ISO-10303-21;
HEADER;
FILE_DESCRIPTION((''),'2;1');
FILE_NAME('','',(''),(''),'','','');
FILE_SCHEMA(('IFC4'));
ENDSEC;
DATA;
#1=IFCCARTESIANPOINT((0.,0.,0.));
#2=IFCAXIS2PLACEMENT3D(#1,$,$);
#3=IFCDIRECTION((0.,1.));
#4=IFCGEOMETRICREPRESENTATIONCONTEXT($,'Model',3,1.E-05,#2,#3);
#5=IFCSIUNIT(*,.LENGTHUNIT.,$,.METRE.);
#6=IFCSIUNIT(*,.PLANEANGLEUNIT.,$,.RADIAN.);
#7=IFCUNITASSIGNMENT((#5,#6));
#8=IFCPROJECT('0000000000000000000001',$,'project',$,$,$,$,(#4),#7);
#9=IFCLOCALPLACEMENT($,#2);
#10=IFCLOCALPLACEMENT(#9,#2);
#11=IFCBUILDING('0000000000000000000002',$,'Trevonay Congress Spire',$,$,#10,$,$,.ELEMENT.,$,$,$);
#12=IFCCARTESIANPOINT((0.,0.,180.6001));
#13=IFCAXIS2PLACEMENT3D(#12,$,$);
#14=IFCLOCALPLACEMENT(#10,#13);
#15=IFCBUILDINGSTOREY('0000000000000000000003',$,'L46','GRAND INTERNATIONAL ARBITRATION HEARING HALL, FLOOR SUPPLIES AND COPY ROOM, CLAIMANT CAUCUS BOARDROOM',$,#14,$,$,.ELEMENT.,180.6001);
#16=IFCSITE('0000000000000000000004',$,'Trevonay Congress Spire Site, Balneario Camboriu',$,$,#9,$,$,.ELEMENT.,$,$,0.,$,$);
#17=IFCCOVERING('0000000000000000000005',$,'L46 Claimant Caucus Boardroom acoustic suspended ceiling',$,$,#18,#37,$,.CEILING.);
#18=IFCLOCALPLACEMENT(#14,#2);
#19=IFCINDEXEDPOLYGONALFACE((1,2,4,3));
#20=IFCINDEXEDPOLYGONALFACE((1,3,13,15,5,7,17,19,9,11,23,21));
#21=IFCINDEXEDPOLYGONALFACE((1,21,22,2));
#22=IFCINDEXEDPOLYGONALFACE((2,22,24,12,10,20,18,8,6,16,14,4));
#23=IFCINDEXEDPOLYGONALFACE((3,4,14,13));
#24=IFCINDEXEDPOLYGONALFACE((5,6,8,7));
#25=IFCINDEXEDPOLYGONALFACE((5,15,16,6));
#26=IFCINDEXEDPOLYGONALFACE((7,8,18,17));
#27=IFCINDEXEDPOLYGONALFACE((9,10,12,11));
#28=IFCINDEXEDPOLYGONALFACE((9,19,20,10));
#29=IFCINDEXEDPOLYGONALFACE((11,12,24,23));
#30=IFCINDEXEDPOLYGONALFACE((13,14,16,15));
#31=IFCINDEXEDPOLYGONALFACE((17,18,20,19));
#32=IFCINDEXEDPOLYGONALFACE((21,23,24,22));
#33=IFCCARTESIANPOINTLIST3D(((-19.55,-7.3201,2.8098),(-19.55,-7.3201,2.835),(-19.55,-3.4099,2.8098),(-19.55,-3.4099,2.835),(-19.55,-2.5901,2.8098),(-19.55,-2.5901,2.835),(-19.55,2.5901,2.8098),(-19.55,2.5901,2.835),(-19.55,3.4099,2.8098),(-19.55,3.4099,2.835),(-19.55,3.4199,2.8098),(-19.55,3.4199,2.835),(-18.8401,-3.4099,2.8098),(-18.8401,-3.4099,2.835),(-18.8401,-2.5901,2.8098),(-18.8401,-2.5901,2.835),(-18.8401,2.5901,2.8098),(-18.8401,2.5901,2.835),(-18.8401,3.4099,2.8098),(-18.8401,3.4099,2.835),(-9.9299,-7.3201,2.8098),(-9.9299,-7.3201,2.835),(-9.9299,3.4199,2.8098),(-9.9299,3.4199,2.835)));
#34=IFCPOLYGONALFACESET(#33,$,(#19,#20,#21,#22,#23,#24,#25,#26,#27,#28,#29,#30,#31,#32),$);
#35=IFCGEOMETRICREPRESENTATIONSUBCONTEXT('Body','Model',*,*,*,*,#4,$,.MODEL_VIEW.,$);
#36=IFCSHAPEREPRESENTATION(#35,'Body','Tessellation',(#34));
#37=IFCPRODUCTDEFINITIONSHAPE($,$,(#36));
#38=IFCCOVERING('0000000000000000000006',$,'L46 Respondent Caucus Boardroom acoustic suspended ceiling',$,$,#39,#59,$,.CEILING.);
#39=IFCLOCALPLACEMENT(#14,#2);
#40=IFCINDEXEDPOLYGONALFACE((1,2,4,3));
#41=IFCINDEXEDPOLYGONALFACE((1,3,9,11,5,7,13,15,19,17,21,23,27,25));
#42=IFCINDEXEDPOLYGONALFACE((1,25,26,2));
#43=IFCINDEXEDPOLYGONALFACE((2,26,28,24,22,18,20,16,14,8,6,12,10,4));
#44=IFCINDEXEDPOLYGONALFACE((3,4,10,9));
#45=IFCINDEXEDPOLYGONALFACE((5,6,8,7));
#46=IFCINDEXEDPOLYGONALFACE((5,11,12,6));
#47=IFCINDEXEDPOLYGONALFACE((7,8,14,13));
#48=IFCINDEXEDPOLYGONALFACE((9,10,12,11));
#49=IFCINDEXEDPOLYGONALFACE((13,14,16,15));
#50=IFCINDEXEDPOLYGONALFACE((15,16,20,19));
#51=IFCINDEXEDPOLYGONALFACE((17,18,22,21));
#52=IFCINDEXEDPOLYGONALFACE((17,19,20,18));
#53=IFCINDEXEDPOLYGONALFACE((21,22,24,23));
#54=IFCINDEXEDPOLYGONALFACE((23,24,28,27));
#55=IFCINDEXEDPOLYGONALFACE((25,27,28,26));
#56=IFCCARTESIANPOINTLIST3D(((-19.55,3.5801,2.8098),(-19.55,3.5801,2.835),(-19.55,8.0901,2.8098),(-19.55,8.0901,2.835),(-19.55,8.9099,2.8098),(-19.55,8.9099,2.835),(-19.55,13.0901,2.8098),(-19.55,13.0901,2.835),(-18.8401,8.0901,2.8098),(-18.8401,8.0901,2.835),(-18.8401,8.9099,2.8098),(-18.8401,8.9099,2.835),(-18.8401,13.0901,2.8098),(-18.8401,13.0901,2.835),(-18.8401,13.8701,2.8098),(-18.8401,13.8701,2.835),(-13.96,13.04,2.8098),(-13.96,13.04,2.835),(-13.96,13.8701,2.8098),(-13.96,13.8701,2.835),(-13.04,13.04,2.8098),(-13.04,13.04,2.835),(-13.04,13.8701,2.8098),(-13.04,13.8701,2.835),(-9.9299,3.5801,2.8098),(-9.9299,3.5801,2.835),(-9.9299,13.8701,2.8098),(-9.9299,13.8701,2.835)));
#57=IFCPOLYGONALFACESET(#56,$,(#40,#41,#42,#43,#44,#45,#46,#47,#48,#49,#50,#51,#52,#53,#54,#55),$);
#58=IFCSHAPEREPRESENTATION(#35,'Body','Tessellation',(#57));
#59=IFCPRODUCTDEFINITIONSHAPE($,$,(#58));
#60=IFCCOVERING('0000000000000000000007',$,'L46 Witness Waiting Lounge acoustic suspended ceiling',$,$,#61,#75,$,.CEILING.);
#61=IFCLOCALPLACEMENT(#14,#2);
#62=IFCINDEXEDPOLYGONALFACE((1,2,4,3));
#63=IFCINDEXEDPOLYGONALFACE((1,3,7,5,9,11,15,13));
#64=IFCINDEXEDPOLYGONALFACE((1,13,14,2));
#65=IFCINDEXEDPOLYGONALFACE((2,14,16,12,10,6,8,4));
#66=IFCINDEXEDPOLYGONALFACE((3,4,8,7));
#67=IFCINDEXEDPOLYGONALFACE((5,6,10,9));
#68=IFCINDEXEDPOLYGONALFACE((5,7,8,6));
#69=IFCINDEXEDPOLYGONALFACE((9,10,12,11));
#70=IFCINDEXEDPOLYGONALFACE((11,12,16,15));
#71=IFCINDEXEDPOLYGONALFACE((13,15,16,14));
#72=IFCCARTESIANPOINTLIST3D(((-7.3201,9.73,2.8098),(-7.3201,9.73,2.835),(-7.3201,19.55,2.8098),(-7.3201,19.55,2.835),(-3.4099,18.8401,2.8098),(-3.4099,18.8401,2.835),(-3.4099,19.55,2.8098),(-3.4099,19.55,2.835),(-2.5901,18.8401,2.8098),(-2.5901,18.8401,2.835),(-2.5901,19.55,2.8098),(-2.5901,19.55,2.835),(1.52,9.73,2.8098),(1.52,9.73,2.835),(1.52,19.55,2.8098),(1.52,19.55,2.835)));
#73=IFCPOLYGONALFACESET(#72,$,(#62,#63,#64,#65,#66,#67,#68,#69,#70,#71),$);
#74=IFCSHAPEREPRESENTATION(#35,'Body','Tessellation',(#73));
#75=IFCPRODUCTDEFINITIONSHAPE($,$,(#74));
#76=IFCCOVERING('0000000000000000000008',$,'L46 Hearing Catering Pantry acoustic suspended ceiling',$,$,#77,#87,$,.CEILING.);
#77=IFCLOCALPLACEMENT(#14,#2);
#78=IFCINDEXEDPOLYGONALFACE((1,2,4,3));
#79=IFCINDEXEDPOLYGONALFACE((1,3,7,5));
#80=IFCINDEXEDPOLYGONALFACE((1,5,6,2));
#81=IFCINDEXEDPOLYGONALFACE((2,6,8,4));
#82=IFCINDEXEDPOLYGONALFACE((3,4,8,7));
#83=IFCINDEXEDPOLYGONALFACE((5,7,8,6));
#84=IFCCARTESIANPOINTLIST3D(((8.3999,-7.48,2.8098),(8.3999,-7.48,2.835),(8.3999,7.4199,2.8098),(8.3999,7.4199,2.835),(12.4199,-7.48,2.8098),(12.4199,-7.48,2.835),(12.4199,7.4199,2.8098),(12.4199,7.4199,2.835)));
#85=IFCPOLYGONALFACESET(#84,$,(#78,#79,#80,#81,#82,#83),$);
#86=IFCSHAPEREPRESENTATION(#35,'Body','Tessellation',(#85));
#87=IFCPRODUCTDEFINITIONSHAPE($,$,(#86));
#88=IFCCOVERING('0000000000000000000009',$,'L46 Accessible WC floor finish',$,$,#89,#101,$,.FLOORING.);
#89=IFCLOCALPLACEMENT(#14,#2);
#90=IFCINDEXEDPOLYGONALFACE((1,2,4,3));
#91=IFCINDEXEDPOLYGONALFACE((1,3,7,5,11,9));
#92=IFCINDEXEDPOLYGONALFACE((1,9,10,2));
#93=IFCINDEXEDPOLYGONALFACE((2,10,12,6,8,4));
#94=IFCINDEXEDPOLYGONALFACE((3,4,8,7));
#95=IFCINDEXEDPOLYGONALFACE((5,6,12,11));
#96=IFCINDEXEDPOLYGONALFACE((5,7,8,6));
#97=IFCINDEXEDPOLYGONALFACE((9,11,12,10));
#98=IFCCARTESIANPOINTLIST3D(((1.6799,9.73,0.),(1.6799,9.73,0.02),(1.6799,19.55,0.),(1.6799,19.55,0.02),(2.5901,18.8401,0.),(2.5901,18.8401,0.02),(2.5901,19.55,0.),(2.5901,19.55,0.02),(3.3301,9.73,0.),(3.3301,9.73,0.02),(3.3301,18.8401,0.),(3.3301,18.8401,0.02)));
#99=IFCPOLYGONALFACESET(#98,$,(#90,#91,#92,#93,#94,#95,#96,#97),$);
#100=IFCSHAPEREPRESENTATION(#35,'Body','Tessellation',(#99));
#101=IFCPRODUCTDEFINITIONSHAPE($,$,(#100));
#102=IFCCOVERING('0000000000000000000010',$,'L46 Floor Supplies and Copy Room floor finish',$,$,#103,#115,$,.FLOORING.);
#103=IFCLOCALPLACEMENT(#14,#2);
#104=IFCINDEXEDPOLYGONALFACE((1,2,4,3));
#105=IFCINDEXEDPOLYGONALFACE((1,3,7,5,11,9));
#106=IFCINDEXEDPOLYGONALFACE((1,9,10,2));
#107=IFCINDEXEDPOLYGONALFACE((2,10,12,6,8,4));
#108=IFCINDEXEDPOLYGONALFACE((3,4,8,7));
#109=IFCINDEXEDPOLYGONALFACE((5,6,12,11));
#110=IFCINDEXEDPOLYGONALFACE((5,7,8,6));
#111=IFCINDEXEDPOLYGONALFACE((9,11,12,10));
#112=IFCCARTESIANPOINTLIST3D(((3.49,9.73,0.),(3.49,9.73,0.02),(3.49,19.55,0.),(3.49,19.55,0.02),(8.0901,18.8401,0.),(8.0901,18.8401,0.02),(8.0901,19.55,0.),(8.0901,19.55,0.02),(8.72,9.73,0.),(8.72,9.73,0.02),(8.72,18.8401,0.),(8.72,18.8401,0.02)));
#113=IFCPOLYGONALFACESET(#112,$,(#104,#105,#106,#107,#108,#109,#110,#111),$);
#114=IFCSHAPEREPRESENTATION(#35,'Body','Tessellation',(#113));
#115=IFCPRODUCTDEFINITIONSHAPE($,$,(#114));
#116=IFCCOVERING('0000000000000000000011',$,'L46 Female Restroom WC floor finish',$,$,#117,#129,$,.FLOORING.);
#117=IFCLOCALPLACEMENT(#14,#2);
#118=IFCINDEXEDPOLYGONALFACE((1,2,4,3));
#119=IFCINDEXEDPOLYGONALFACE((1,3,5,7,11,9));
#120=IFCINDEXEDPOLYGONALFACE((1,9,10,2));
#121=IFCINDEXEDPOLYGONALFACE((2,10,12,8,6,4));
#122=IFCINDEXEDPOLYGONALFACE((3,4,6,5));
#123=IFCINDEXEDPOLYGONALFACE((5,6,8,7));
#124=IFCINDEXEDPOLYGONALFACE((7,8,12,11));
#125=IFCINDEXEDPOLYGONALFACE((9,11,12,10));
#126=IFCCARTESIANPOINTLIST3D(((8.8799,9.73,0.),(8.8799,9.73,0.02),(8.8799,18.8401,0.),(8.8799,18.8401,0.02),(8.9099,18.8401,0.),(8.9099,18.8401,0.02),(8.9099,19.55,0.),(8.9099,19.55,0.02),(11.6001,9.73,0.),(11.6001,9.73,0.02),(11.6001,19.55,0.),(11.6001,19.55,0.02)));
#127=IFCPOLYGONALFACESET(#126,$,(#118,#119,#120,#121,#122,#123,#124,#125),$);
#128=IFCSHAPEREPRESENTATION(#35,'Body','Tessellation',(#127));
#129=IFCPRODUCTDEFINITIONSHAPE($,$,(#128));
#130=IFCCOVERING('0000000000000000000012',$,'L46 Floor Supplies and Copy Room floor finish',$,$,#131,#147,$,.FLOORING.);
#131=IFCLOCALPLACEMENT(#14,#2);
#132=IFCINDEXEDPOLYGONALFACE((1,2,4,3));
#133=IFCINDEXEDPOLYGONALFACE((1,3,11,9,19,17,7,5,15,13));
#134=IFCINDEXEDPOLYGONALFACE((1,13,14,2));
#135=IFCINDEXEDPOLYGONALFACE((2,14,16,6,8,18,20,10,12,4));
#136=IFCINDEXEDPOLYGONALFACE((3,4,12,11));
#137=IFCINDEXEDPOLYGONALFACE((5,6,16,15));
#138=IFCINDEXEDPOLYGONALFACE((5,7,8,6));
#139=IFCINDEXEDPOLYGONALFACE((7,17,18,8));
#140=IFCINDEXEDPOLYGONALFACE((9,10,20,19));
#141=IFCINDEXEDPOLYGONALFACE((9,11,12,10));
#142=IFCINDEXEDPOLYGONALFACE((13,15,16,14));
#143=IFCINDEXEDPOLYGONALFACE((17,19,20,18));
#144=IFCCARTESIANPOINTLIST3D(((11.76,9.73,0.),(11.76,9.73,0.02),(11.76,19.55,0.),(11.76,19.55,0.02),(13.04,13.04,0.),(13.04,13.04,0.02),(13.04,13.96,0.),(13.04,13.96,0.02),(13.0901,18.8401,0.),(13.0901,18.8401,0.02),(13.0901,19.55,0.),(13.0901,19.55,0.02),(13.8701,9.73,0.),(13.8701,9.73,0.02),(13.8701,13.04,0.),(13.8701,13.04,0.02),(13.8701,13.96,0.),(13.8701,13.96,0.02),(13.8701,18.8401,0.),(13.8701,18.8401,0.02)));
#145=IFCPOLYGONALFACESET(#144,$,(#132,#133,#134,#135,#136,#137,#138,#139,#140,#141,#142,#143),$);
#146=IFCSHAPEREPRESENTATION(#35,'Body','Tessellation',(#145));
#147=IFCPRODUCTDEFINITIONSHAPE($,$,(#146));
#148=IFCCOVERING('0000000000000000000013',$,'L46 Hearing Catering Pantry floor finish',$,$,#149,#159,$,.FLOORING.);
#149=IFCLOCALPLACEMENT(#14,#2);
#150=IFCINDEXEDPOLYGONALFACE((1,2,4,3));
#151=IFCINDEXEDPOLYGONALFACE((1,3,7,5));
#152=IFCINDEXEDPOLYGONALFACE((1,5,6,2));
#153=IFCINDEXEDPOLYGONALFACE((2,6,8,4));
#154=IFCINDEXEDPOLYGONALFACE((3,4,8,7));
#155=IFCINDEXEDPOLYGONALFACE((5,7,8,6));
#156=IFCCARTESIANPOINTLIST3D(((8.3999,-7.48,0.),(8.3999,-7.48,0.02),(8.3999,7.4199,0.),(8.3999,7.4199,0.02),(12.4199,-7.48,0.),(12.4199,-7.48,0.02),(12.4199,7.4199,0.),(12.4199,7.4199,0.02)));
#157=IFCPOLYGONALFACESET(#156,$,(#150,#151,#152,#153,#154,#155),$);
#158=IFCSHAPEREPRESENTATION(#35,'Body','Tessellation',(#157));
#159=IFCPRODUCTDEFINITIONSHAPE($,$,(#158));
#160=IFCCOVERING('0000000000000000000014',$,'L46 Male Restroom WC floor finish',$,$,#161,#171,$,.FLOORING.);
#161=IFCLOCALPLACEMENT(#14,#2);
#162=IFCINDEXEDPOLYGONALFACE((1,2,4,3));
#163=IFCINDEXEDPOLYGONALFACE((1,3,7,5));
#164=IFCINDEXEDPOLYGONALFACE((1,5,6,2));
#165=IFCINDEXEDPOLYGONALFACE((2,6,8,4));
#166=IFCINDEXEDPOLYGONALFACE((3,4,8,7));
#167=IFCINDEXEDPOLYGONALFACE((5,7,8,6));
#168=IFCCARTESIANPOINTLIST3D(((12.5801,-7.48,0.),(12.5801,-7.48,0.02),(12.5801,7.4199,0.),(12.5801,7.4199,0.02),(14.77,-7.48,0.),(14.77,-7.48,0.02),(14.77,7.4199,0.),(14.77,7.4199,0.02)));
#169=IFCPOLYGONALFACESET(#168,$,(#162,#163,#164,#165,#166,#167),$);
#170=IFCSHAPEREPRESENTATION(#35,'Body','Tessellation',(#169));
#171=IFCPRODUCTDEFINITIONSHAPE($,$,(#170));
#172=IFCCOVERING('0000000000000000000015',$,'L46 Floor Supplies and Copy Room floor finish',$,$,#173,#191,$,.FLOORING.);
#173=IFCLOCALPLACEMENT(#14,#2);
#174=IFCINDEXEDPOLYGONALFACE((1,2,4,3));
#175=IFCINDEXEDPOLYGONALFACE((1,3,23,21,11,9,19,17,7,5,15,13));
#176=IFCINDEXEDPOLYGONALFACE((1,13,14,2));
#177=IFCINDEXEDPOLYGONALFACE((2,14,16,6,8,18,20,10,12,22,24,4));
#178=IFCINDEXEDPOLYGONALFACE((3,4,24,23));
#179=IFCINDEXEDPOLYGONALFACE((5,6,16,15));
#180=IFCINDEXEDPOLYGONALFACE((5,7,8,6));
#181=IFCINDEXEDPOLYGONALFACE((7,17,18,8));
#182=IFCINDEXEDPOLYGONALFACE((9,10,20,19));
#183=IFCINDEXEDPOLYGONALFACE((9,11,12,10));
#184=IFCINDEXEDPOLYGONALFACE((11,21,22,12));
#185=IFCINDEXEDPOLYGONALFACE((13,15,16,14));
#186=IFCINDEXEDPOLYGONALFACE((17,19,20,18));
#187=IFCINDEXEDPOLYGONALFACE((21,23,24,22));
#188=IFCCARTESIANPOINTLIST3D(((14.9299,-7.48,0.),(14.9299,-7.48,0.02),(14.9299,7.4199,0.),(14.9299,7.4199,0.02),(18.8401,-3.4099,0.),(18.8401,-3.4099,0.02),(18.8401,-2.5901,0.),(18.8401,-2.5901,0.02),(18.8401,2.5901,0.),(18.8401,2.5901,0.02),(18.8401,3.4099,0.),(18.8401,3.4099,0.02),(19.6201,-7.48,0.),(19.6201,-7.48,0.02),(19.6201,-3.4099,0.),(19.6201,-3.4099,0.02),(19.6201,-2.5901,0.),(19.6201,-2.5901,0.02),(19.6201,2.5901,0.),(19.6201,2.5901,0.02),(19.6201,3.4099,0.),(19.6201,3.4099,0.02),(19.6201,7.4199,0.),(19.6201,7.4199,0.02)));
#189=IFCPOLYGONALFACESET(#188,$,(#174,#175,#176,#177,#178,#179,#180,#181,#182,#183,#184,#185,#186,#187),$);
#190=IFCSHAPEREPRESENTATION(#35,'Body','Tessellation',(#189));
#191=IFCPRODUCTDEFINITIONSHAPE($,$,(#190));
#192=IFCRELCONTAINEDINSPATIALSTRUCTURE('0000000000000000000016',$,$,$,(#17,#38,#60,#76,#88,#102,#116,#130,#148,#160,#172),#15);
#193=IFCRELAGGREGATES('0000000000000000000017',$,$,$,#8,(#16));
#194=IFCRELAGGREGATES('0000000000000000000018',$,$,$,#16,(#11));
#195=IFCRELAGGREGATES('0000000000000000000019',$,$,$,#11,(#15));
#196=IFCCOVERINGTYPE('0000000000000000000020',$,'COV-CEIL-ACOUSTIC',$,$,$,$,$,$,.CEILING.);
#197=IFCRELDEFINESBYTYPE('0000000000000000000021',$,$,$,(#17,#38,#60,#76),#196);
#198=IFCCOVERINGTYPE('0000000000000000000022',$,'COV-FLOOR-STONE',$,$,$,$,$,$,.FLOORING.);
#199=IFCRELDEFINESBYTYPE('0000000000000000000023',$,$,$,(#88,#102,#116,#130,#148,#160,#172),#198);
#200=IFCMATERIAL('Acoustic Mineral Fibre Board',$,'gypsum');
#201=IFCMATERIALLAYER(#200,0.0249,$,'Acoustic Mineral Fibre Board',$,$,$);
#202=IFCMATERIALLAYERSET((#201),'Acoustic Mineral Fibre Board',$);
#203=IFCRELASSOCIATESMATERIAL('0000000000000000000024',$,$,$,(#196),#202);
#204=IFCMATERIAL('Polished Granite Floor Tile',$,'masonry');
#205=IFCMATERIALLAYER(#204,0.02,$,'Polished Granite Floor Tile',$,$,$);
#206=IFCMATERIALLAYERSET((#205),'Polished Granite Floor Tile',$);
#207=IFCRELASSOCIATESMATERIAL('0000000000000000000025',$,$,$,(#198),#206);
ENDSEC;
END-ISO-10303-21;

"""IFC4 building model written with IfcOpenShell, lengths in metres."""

from ifc_helpers import new_model, si_unit, direction, frame, origin, place, context, subcontext, project, spatial, polyline, outline, extrude, material, layer, layer_set, type_object, element, save


model = new_model("IFC4")

# Units and contexts
model_context = context("Model", 3, precision=1e-05, world=origin(), true_north=direction((0.0, 1.0)))
body_context = subcontext(model_context, "Body", "Model", "MODEL_VIEW")
ifc_project = project(units=[si_unit("LENGTHUNIT", "METRE"), si_unit("PLANEANGLEUNIT", "RADIAN")], contexts=[model_context])

# Site, building, storey
site_placement = place(None, origin())
site = spatial("IfcSite", under=ifc_project, at=site_placement, Name="Trevonay Congress Spire Site, Balneario Camboriu", CompositionType="ELEMENT", RefElevation=0.0)
building_placement = place(site_placement, origin())
building = spatial("IfcBuilding", under=site, at=building_placement, Name="Trevonay Congress Spire", CompositionType="ELEMENT")
storey_placement = place(building_placement, frame((0.0, 0.0, 180.6001)))
storey = spatial("IfcBuildingStorey", under=building, at=storey_placement, Name="L46", Description="GRAND INTERNATIONAL ARBITRATION HEARING HALL, FLOOR SUPPLIES AND COPY ROOM, CLAIMANT CAUCUS BOARDROOM", CompositionType="ELEMENT", Elevation=180.6001)

# Coverings
ifc_material_1 = material(Name="Acoustic Mineral Fibre Board", Category="gypsum")
ifc_layer_1 = layer(ifc_material_1, 0.0249, Name="Acoustic Mineral Fibre Board")
ifc_layer_set_1 = layer_set([ifc_layer_1], Name="Acoustic Mineral Fibre Board")
covering_type_1 = type_object("IfcCoveringType", Name="COV-CEIL-ACOUSTIC", PredefinedType="CEILING", material=ifc_layer_set_1)
covering_1_placement = place(storey_placement, frame((0.0, 0.0, 2.8098)))
element("IfcCovering", 1, at=covering_1_placement, inside=storey, type_object=covering_type_1, Name="L46 Claimant Caucus Boardroom acoustic suspended ceiling", PredefinedType="CEILING", context=body_context, shape_type="SweptSolid", body=[
    extrude(outline(polyline([(-19.55, 3.4199), (-9.9299, 3.4199), (-9.9299, -7.3201), (-19.55, -7.3201), (-19.55, -3.4099), (-18.8401, -3.4099), (-18.8401, -2.5901), (-19.55, -2.5901), (-19.55, 2.5901), (-18.8401, 2.5901), (-18.8401, 3.4099), (-19.55, 3.4099), (-19.55, 3.4199)])), origin(), (0.0, 0.0, 1.0), 0.0251),
])
covering_2_placement = place(storey_placement, frame((0.0, 0.0, 2.8098)))
element("IfcCovering", 2, at=covering_2_placement, inside=storey, type_object=covering_type_1, Name="L46 Respondent Caucus Boardroom acoustic suspended ceiling", PredefinedType="CEILING", context=body_context, shape_type="SweptSolid", body=[
    extrude(outline(polyline([(-9.9299, 13.8701), (-9.9299, 3.5801), (-19.55, 3.5801), (-19.55, 8.0901), (-18.8401, 8.0901), (-18.8401, 8.9099), (-19.55, 8.9099), (-19.55, 13.0901), (-18.8401, 13.0901), (-18.8401, 13.8701), (-13.96, 13.8701), (-13.96, 13.04), (-13.04, 13.04), (-13.04, 13.8701), (-9.9299, 13.8701)])), origin(), (0.0, 0.0, 1.0), 0.0251),
])
covering_3_placement = place(storey_placement, frame((0.0, 0.0, 2.8098)))
element("IfcCovering", 3, at=covering_3_placement, inside=storey, type_object=covering_type_1, Name="L46 Witness Waiting Lounge acoustic suspended ceiling", PredefinedType="CEILING", context=body_context, shape_type="SweptSolid", body=[
    extrude(outline(polyline([(1.52, 19.55), (1.52, 9.73), (-7.3201, 9.73), (-7.3201, 19.55), (-3.4099, 19.55), (-3.4099, 18.8401), (-2.5901, 18.8401), (-2.5901, 19.55), (1.52, 19.55)])), origin(), (0.0, 0.0, 1.0), 0.0251),
])
covering_4_placement = place(storey_placement, frame((0.0, 0.0, 2.8098)))
element("IfcCovering", 4, at=covering_4_placement, inside=storey, type_object=covering_type_1, Name="L46 Hearing Catering Pantry acoustic suspended ceiling", PredefinedType="CEILING", context=body_context, shape_type="SweptSolid", body=[
    extrude(outline(polyline([(8.3999, -7.48), (12.4199, -7.48), (12.4199, 7.4199), (8.3999, 7.4199), (8.3999, -7.48)])), origin(), (0.0, 0.0, 1.0), 0.0251),
])
ifc_material_2 = material(Name="Polished Granite Floor Tile", Category="masonry")
ifc_layer_2 = layer(ifc_material_2, 0.02, Name="Polished Granite Floor Tile")
ifc_layer_set_2 = layer_set([ifc_layer_2], Name="Polished Granite Floor Tile")
covering_type_2 = type_object("IfcCoveringType", Name="COV-FLOOR-STONE", PredefinedType="FLOORING", material=ifc_layer_set_2)
covering_5_placement = place(storey_placement, origin())
element("IfcCovering", 5, at=covering_5_placement, inside=storey, type_object=covering_type_2, Name="L46 Accessible WC floor finish", PredefinedType="FLOORING", context=body_context, shape_type="SweptSolid", body=[
    extrude(outline(polyline([(3.3301, 9.73), (1.6799, 9.73), (1.6799, 19.55), (2.5901, 19.55), (2.5901, 18.8401), (3.3301, 18.8401), (3.3301, 9.73)])), origin(), (0.0, 0.0, 1.0), 0.02),
])
covering_6_placement = place(storey_placement, origin())
element("IfcCovering", 6, at=covering_6_placement, inside=storey, type_object=covering_type_2, Name="L46 Floor Supplies and Copy Room floor finish", PredefinedType="FLOORING", context=body_context, shape_type="SweptSolid", body=[
    extrude(outline(polyline([(8.72, 9.73), (3.49, 9.73), (3.49, 19.55), (8.0901, 19.55), (8.0901, 18.8401), (8.72, 18.8401), (8.72, 9.73)])), origin(), (0.0, 0.0, 1.0), 0.02),
])
covering_7_placement = place(storey_placement, origin())
element("IfcCovering", 7, at=covering_7_placement, inside=storey, type_object=covering_type_2, Name="L46 Female Restroom WC floor finish", PredefinedType="FLOORING", context=body_context, shape_type="SweptSolid", body=[
    extrude(outline(polyline([(11.6001, 19.55), (11.6001, 9.73), (8.8799, 9.73), (8.8799, 18.8401), (8.9099, 18.8401), (8.9099, 19.55), (11.6001, 19.55)])), origin(), (0.0, 0.0, 1.0), 0.02),
])
covering_8_placement = place(storey_placement, origin())
element("IfcCovering", 8, at=covering_8_placement, inside=storey, type_object=covering_type_2, Name="L46 Floor Supplies and Copy Room floor finish", PredefinedType="FLOORING", context=body_context, shape_type="SweptSolid", body=[
    extrude(outline(polyline([(13.8701, 9.73), (11.76, 9.73), (11.76, 19.55), (13.0901, 19.55), (13.0901, 18.8401), (13.8701, 18.8401), (13.8701, 13.96), (13.04, 13.96), (13.04, 13.04), (13.8701, 13.04), (13.8701, 9.73)])), origin(), (0.0, 0.0, 1.0), 0.02),
])
covering_9_placement = place(storey_placement, origin())
element("IfcCovering", 9, at=covering_9_placement, inside=storey, type_object=covering_type_2, Name="L46 Hearing Catering Pantry floor finish", PredefinedType="FLOORING", context=body_context, shape_type="SweptSolid", body=[
    extrude(outline(polyline([(8.3999, -7.48), (12.4199, -7.48), (12.4199, 7.4199), (8.3999, 7.4199), (8.3999, -7.48)])), origin(), (0.0, 0.0, 1.0), 0.02),
])
covering_10_placement = place(storey_placement, origin())
element("IfcCovering", 10, at=covering_10_placement, inside=storey, type_object=covering_type_2, Name="L46 Male Restroom WC floor finish", PredefinedType="FLOORING", context=body_context, shape_type="SweptSolid", body=[
    extrude(outline(polyline([(12.5801, -7.48), (14.77, -7.48), (14.77, 7.4199), (12.5801, 7.4199), (12.5801, -7.48)])), origin(), (0.0, 0.0, 1.0), 0.02),
])
covering_11_placement = place(storey_placement, origin())
element("IfcCovering", 11, at=covering_11_placement, inside=storey, type_object=covering_type_2, Name="L46 Floor Supplies and Copy Room floor finish", PredefinedType="FLOORING", context=body_context, shape_type="SweptSolid", body=[
    extrude(outline(polyline([(19.6201, -7.48), (14.9299, -7.48), (14.9299, 7.4199), (19.6201, 7.4199), (19.6201, 3.4099), (18.8401, 3.4099), (18.8401, 2.5901), (19.6201, 2.5901), (19.6201, -2.5901), (18.8401, -2.5901), (18.8401, -3.4099), (19.6201, -3.4099), (19.6201, -7.48)])), origin(), (0.0, 0.0, 1.0), 0.02),
])

save(model, "model.ifc")
